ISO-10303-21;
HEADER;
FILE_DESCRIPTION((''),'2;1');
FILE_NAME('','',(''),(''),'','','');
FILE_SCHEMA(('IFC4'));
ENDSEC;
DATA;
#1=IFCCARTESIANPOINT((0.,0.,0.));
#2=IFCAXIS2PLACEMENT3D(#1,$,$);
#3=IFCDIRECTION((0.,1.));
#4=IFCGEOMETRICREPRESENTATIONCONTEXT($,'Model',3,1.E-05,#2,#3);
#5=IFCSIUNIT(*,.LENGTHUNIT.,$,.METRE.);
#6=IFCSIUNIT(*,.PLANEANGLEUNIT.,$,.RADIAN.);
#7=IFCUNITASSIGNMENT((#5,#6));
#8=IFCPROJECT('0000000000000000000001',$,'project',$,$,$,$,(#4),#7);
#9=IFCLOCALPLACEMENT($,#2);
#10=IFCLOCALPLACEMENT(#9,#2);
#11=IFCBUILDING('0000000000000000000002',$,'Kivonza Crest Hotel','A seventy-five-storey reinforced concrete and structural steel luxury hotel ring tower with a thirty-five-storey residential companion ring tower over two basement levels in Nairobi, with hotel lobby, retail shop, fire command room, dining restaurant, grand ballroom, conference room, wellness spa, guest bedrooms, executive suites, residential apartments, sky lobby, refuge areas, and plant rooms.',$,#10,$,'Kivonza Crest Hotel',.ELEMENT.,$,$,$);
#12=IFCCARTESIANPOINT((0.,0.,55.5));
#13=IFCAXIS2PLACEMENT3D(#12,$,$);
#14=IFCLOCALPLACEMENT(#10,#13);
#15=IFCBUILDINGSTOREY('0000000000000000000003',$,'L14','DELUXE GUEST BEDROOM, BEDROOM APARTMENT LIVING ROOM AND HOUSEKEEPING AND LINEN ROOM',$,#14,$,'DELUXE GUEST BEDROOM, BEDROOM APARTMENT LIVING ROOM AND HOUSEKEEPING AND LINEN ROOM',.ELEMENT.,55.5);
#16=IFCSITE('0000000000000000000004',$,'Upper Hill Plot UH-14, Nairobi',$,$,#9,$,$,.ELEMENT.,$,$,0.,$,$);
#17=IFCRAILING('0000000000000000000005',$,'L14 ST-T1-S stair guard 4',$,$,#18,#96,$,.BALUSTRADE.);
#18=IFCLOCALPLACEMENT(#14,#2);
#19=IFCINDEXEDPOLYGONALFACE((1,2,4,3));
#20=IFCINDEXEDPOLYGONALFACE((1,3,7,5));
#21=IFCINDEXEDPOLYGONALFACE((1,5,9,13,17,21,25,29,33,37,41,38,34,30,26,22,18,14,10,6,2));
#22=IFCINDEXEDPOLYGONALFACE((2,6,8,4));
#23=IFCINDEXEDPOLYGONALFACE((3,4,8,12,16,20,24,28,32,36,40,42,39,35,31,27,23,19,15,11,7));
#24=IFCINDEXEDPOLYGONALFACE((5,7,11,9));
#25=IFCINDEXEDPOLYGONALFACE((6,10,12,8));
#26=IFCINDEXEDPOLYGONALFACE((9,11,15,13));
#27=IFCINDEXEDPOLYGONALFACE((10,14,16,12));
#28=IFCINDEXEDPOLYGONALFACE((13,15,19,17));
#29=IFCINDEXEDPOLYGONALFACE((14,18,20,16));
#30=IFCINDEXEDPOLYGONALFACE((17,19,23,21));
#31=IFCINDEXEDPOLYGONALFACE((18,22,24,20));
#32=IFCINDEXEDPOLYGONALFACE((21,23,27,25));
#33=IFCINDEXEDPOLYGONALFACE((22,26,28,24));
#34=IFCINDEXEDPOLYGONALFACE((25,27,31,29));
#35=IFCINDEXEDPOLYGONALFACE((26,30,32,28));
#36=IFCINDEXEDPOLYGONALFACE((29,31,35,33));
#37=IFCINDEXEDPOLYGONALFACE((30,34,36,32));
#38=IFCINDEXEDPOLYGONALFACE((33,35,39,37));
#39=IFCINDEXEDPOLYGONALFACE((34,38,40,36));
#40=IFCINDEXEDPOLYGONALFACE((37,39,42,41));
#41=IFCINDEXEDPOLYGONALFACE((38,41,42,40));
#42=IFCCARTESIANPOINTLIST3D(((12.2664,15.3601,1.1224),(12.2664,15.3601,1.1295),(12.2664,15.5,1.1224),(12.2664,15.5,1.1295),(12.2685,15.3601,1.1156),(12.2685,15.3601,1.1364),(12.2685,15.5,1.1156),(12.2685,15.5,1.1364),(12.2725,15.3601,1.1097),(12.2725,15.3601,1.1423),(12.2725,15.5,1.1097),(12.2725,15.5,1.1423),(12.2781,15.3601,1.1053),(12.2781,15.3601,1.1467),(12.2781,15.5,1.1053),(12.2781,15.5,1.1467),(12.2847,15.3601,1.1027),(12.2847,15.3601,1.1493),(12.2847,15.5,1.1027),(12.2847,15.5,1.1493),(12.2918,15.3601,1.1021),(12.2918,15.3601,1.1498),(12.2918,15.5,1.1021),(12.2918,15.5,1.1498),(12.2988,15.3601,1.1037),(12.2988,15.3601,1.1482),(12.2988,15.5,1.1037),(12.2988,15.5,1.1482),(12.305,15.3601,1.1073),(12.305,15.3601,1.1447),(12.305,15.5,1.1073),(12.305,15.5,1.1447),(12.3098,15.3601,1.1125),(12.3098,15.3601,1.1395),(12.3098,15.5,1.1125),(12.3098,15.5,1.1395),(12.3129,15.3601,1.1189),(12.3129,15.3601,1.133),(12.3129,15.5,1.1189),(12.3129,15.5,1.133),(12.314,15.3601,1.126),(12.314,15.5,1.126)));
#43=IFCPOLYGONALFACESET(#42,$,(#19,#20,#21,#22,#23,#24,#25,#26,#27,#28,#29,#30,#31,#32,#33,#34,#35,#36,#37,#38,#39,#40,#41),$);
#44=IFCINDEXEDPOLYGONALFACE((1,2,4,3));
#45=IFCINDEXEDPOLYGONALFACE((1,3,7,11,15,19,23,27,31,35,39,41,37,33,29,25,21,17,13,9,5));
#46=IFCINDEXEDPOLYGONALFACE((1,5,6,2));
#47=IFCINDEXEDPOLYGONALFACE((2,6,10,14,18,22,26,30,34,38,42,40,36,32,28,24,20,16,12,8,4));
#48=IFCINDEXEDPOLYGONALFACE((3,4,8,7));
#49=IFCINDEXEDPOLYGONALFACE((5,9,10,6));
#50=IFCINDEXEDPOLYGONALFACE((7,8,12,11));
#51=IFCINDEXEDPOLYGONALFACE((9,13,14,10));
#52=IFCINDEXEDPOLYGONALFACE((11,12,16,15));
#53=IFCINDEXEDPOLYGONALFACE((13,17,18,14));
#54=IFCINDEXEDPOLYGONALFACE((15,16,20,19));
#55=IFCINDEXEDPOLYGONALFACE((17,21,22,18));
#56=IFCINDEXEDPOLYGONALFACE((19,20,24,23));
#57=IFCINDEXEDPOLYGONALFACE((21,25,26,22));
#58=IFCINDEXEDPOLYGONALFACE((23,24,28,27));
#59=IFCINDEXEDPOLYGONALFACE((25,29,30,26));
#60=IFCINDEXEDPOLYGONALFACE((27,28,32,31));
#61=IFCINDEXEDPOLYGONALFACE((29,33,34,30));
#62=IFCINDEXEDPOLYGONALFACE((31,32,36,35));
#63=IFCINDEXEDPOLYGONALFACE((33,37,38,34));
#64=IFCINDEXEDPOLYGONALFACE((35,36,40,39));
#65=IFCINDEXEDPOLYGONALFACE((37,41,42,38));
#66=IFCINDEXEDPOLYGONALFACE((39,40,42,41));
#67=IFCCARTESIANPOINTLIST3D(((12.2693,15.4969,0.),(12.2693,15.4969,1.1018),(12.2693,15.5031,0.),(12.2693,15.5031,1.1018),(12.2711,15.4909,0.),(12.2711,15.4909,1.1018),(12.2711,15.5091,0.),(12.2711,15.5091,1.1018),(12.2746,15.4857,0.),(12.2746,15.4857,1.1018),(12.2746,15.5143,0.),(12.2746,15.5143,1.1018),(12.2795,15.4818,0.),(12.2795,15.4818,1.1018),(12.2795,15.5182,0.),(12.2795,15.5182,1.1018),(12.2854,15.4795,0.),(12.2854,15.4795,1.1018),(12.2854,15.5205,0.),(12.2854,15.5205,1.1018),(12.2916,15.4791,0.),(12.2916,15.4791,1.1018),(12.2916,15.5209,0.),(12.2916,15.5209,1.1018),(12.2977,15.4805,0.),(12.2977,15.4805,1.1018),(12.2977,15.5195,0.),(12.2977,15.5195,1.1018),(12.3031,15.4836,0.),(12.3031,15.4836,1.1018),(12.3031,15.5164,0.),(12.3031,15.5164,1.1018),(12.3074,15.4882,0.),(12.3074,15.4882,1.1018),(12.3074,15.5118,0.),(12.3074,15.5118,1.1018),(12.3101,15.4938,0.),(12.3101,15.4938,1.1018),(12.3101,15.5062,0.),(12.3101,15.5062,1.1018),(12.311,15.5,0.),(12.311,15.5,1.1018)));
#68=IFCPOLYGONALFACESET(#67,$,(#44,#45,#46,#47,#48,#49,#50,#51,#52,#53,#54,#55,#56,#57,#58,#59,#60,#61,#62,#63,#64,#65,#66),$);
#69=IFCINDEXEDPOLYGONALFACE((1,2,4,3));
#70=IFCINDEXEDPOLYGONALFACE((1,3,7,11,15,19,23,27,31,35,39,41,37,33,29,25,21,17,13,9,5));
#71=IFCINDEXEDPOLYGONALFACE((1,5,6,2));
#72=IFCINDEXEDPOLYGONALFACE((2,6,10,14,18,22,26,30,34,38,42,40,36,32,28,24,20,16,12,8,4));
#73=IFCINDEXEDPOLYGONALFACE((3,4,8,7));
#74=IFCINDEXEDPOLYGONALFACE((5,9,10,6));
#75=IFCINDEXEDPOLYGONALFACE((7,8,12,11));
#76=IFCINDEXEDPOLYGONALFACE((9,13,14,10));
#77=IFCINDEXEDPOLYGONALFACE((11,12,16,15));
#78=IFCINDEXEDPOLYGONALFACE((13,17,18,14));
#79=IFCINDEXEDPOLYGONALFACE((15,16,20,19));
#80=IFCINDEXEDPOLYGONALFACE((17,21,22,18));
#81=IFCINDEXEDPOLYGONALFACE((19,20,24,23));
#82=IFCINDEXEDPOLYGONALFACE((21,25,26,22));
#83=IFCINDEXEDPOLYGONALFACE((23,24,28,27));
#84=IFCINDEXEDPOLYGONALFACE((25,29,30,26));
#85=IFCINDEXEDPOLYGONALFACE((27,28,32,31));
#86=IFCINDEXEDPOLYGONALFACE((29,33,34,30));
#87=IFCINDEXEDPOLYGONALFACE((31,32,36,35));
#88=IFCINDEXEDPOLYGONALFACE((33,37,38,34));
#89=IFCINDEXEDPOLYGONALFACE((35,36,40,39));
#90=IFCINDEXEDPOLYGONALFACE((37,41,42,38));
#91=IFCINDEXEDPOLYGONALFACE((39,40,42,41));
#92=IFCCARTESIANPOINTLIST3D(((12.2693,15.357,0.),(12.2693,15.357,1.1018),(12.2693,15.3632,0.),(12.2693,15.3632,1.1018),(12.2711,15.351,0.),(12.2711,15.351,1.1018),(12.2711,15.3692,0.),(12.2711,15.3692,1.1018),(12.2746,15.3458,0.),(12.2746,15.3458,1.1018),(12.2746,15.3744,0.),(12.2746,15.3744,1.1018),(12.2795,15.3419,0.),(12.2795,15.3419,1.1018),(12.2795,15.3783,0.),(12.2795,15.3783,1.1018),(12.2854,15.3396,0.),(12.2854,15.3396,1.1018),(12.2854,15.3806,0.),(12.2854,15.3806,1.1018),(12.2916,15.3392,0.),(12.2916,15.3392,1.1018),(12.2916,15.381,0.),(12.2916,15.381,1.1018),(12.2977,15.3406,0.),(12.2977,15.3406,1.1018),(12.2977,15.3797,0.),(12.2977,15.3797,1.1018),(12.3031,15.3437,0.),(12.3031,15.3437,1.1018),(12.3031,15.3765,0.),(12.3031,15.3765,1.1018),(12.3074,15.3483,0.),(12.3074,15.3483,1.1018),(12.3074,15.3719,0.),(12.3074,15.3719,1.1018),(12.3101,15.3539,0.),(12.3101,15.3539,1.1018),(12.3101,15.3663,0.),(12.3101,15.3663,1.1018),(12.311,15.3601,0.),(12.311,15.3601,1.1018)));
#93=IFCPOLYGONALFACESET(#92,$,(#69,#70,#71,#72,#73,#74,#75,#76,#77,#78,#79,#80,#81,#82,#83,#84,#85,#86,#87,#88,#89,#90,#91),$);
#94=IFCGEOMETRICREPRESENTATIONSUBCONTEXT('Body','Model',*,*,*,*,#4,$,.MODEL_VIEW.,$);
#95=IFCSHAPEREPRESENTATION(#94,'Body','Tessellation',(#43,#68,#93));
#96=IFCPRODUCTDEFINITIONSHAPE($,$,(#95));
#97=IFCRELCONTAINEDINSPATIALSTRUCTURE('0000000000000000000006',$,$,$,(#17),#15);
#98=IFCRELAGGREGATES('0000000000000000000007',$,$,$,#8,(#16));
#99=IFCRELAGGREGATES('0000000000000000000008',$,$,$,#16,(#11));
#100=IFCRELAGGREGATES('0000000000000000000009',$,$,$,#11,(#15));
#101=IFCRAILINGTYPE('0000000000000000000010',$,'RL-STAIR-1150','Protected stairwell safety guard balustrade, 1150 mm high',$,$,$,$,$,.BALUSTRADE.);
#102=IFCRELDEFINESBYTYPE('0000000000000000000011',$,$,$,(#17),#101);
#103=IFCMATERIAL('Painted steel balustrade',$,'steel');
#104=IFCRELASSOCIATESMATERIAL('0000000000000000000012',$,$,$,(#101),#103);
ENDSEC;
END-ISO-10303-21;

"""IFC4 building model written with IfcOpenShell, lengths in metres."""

from ifc_helpers import new_model, si_unit, direction, frame, origin, origin_2d, place, context, subcontext, project, spatial, circle, extrude, material, type_object, element, save


model = new_model("IFC4")

# Units and contexts
model_context = context("Model", 3, precision=1e-05, world=origin(), true_north=direction((0.0, 1.0)))
body_context = subcontext(model_context, "Body", "Model", "MODEL_VIEW")
ifc_project = project(units=[si_unit("LENGTHUNIT", "METRE"), si_unit("PLANEANGLEUNIT", "RADIAN")], contexts=[model_context])

# Site, building, storey
site_placement = place(None, origin())
site = spatial("IfcSite", under=ifc_project, at=site_placement, Name="Upper Hill Plot UH-14, Nairobi", CompositionType="ELEMENT", RefElevation=0.0)
building_placement = place(site_placement, origin())
building = spatial("IfcBuilding", under=site, at=building_placement, Name="Kivonza Crest Hotel", Description="A seventy-five-storey reinforced concrete and structural steel luxury hotel ring tower with a thirty-five-storey residential companion ring tower over two basement levels in Nairobi, with hotel lobby, retail shop, fire command room, dining restaurant, grand ballroom, conference room, wellness spa, guest bedrooms, executive suites, residential apartments, sky lobby, refuge areas, and plant rooms.", LongName="Kivonza Crest Hotel", CompositionType="ELEMENT")
storey_placement = place(building_placement, frame((0.0, 0.0, 55.5)))
storey = spatial("IfcBuildingStorey", under=building, at=storey_placement, Name="L14", Description="DELUXE GUEST BEDROOM, BEDROOM APARTMENT LIVING ROOM AND HOUSEKEEPING AND LINEN ROOM", LongName="DELUXE GUEST BEDROOM, BEDROOM APARTMENT LIVING ROOM AND HOUSEKEEPING AND LINEN ROOM", CompositionType="ELEMENT", Elevation=55.5)

# Railing
ifc_material_1 = material(Name="Painted steel balustrade", Category="steel")
railing_type_1 = type_object("IfcRailingType", Name="RL-STAIR-1150", Description="Protected stairwell safety guard balustrade, 1150 mm high", PredefinedType="BALUSTRADE", material=ifc_material_1)
railing_1_placement = place(storey_placement, frame((12.29, 15.5, 0.0)))
element("IfcRailing", 1, at=railing_1_placement, inside=storey, type_object=railing_type_1, Name="L14 ST-T1-S stair guard 4", PredefinedType="BALUSTRADE", context=body_context, shape_type="SweptSolid", body=[
    extrude(circle(Radius=0.0239, at=origin_2d()), frame((0.0, 0.0, 1.126), z_axis=(0.0, -1.0, 0.0), x_axis=(1.0, 0.0, 0.0)), (0.0, 0.0, 1.0), 0.1399),
    extrude(circle(Radius=0.021, at=origin_2d()), origin(), (0.0, 0.0, 1.0), 1.1018),
    extrude(circle(Radius=0.021, at=origin_2d()), frame((0.0, -0.1399, 0.0)), (0.0, 0.0, 1.0), 1.1018),
])

save(model, "model.ifc")
